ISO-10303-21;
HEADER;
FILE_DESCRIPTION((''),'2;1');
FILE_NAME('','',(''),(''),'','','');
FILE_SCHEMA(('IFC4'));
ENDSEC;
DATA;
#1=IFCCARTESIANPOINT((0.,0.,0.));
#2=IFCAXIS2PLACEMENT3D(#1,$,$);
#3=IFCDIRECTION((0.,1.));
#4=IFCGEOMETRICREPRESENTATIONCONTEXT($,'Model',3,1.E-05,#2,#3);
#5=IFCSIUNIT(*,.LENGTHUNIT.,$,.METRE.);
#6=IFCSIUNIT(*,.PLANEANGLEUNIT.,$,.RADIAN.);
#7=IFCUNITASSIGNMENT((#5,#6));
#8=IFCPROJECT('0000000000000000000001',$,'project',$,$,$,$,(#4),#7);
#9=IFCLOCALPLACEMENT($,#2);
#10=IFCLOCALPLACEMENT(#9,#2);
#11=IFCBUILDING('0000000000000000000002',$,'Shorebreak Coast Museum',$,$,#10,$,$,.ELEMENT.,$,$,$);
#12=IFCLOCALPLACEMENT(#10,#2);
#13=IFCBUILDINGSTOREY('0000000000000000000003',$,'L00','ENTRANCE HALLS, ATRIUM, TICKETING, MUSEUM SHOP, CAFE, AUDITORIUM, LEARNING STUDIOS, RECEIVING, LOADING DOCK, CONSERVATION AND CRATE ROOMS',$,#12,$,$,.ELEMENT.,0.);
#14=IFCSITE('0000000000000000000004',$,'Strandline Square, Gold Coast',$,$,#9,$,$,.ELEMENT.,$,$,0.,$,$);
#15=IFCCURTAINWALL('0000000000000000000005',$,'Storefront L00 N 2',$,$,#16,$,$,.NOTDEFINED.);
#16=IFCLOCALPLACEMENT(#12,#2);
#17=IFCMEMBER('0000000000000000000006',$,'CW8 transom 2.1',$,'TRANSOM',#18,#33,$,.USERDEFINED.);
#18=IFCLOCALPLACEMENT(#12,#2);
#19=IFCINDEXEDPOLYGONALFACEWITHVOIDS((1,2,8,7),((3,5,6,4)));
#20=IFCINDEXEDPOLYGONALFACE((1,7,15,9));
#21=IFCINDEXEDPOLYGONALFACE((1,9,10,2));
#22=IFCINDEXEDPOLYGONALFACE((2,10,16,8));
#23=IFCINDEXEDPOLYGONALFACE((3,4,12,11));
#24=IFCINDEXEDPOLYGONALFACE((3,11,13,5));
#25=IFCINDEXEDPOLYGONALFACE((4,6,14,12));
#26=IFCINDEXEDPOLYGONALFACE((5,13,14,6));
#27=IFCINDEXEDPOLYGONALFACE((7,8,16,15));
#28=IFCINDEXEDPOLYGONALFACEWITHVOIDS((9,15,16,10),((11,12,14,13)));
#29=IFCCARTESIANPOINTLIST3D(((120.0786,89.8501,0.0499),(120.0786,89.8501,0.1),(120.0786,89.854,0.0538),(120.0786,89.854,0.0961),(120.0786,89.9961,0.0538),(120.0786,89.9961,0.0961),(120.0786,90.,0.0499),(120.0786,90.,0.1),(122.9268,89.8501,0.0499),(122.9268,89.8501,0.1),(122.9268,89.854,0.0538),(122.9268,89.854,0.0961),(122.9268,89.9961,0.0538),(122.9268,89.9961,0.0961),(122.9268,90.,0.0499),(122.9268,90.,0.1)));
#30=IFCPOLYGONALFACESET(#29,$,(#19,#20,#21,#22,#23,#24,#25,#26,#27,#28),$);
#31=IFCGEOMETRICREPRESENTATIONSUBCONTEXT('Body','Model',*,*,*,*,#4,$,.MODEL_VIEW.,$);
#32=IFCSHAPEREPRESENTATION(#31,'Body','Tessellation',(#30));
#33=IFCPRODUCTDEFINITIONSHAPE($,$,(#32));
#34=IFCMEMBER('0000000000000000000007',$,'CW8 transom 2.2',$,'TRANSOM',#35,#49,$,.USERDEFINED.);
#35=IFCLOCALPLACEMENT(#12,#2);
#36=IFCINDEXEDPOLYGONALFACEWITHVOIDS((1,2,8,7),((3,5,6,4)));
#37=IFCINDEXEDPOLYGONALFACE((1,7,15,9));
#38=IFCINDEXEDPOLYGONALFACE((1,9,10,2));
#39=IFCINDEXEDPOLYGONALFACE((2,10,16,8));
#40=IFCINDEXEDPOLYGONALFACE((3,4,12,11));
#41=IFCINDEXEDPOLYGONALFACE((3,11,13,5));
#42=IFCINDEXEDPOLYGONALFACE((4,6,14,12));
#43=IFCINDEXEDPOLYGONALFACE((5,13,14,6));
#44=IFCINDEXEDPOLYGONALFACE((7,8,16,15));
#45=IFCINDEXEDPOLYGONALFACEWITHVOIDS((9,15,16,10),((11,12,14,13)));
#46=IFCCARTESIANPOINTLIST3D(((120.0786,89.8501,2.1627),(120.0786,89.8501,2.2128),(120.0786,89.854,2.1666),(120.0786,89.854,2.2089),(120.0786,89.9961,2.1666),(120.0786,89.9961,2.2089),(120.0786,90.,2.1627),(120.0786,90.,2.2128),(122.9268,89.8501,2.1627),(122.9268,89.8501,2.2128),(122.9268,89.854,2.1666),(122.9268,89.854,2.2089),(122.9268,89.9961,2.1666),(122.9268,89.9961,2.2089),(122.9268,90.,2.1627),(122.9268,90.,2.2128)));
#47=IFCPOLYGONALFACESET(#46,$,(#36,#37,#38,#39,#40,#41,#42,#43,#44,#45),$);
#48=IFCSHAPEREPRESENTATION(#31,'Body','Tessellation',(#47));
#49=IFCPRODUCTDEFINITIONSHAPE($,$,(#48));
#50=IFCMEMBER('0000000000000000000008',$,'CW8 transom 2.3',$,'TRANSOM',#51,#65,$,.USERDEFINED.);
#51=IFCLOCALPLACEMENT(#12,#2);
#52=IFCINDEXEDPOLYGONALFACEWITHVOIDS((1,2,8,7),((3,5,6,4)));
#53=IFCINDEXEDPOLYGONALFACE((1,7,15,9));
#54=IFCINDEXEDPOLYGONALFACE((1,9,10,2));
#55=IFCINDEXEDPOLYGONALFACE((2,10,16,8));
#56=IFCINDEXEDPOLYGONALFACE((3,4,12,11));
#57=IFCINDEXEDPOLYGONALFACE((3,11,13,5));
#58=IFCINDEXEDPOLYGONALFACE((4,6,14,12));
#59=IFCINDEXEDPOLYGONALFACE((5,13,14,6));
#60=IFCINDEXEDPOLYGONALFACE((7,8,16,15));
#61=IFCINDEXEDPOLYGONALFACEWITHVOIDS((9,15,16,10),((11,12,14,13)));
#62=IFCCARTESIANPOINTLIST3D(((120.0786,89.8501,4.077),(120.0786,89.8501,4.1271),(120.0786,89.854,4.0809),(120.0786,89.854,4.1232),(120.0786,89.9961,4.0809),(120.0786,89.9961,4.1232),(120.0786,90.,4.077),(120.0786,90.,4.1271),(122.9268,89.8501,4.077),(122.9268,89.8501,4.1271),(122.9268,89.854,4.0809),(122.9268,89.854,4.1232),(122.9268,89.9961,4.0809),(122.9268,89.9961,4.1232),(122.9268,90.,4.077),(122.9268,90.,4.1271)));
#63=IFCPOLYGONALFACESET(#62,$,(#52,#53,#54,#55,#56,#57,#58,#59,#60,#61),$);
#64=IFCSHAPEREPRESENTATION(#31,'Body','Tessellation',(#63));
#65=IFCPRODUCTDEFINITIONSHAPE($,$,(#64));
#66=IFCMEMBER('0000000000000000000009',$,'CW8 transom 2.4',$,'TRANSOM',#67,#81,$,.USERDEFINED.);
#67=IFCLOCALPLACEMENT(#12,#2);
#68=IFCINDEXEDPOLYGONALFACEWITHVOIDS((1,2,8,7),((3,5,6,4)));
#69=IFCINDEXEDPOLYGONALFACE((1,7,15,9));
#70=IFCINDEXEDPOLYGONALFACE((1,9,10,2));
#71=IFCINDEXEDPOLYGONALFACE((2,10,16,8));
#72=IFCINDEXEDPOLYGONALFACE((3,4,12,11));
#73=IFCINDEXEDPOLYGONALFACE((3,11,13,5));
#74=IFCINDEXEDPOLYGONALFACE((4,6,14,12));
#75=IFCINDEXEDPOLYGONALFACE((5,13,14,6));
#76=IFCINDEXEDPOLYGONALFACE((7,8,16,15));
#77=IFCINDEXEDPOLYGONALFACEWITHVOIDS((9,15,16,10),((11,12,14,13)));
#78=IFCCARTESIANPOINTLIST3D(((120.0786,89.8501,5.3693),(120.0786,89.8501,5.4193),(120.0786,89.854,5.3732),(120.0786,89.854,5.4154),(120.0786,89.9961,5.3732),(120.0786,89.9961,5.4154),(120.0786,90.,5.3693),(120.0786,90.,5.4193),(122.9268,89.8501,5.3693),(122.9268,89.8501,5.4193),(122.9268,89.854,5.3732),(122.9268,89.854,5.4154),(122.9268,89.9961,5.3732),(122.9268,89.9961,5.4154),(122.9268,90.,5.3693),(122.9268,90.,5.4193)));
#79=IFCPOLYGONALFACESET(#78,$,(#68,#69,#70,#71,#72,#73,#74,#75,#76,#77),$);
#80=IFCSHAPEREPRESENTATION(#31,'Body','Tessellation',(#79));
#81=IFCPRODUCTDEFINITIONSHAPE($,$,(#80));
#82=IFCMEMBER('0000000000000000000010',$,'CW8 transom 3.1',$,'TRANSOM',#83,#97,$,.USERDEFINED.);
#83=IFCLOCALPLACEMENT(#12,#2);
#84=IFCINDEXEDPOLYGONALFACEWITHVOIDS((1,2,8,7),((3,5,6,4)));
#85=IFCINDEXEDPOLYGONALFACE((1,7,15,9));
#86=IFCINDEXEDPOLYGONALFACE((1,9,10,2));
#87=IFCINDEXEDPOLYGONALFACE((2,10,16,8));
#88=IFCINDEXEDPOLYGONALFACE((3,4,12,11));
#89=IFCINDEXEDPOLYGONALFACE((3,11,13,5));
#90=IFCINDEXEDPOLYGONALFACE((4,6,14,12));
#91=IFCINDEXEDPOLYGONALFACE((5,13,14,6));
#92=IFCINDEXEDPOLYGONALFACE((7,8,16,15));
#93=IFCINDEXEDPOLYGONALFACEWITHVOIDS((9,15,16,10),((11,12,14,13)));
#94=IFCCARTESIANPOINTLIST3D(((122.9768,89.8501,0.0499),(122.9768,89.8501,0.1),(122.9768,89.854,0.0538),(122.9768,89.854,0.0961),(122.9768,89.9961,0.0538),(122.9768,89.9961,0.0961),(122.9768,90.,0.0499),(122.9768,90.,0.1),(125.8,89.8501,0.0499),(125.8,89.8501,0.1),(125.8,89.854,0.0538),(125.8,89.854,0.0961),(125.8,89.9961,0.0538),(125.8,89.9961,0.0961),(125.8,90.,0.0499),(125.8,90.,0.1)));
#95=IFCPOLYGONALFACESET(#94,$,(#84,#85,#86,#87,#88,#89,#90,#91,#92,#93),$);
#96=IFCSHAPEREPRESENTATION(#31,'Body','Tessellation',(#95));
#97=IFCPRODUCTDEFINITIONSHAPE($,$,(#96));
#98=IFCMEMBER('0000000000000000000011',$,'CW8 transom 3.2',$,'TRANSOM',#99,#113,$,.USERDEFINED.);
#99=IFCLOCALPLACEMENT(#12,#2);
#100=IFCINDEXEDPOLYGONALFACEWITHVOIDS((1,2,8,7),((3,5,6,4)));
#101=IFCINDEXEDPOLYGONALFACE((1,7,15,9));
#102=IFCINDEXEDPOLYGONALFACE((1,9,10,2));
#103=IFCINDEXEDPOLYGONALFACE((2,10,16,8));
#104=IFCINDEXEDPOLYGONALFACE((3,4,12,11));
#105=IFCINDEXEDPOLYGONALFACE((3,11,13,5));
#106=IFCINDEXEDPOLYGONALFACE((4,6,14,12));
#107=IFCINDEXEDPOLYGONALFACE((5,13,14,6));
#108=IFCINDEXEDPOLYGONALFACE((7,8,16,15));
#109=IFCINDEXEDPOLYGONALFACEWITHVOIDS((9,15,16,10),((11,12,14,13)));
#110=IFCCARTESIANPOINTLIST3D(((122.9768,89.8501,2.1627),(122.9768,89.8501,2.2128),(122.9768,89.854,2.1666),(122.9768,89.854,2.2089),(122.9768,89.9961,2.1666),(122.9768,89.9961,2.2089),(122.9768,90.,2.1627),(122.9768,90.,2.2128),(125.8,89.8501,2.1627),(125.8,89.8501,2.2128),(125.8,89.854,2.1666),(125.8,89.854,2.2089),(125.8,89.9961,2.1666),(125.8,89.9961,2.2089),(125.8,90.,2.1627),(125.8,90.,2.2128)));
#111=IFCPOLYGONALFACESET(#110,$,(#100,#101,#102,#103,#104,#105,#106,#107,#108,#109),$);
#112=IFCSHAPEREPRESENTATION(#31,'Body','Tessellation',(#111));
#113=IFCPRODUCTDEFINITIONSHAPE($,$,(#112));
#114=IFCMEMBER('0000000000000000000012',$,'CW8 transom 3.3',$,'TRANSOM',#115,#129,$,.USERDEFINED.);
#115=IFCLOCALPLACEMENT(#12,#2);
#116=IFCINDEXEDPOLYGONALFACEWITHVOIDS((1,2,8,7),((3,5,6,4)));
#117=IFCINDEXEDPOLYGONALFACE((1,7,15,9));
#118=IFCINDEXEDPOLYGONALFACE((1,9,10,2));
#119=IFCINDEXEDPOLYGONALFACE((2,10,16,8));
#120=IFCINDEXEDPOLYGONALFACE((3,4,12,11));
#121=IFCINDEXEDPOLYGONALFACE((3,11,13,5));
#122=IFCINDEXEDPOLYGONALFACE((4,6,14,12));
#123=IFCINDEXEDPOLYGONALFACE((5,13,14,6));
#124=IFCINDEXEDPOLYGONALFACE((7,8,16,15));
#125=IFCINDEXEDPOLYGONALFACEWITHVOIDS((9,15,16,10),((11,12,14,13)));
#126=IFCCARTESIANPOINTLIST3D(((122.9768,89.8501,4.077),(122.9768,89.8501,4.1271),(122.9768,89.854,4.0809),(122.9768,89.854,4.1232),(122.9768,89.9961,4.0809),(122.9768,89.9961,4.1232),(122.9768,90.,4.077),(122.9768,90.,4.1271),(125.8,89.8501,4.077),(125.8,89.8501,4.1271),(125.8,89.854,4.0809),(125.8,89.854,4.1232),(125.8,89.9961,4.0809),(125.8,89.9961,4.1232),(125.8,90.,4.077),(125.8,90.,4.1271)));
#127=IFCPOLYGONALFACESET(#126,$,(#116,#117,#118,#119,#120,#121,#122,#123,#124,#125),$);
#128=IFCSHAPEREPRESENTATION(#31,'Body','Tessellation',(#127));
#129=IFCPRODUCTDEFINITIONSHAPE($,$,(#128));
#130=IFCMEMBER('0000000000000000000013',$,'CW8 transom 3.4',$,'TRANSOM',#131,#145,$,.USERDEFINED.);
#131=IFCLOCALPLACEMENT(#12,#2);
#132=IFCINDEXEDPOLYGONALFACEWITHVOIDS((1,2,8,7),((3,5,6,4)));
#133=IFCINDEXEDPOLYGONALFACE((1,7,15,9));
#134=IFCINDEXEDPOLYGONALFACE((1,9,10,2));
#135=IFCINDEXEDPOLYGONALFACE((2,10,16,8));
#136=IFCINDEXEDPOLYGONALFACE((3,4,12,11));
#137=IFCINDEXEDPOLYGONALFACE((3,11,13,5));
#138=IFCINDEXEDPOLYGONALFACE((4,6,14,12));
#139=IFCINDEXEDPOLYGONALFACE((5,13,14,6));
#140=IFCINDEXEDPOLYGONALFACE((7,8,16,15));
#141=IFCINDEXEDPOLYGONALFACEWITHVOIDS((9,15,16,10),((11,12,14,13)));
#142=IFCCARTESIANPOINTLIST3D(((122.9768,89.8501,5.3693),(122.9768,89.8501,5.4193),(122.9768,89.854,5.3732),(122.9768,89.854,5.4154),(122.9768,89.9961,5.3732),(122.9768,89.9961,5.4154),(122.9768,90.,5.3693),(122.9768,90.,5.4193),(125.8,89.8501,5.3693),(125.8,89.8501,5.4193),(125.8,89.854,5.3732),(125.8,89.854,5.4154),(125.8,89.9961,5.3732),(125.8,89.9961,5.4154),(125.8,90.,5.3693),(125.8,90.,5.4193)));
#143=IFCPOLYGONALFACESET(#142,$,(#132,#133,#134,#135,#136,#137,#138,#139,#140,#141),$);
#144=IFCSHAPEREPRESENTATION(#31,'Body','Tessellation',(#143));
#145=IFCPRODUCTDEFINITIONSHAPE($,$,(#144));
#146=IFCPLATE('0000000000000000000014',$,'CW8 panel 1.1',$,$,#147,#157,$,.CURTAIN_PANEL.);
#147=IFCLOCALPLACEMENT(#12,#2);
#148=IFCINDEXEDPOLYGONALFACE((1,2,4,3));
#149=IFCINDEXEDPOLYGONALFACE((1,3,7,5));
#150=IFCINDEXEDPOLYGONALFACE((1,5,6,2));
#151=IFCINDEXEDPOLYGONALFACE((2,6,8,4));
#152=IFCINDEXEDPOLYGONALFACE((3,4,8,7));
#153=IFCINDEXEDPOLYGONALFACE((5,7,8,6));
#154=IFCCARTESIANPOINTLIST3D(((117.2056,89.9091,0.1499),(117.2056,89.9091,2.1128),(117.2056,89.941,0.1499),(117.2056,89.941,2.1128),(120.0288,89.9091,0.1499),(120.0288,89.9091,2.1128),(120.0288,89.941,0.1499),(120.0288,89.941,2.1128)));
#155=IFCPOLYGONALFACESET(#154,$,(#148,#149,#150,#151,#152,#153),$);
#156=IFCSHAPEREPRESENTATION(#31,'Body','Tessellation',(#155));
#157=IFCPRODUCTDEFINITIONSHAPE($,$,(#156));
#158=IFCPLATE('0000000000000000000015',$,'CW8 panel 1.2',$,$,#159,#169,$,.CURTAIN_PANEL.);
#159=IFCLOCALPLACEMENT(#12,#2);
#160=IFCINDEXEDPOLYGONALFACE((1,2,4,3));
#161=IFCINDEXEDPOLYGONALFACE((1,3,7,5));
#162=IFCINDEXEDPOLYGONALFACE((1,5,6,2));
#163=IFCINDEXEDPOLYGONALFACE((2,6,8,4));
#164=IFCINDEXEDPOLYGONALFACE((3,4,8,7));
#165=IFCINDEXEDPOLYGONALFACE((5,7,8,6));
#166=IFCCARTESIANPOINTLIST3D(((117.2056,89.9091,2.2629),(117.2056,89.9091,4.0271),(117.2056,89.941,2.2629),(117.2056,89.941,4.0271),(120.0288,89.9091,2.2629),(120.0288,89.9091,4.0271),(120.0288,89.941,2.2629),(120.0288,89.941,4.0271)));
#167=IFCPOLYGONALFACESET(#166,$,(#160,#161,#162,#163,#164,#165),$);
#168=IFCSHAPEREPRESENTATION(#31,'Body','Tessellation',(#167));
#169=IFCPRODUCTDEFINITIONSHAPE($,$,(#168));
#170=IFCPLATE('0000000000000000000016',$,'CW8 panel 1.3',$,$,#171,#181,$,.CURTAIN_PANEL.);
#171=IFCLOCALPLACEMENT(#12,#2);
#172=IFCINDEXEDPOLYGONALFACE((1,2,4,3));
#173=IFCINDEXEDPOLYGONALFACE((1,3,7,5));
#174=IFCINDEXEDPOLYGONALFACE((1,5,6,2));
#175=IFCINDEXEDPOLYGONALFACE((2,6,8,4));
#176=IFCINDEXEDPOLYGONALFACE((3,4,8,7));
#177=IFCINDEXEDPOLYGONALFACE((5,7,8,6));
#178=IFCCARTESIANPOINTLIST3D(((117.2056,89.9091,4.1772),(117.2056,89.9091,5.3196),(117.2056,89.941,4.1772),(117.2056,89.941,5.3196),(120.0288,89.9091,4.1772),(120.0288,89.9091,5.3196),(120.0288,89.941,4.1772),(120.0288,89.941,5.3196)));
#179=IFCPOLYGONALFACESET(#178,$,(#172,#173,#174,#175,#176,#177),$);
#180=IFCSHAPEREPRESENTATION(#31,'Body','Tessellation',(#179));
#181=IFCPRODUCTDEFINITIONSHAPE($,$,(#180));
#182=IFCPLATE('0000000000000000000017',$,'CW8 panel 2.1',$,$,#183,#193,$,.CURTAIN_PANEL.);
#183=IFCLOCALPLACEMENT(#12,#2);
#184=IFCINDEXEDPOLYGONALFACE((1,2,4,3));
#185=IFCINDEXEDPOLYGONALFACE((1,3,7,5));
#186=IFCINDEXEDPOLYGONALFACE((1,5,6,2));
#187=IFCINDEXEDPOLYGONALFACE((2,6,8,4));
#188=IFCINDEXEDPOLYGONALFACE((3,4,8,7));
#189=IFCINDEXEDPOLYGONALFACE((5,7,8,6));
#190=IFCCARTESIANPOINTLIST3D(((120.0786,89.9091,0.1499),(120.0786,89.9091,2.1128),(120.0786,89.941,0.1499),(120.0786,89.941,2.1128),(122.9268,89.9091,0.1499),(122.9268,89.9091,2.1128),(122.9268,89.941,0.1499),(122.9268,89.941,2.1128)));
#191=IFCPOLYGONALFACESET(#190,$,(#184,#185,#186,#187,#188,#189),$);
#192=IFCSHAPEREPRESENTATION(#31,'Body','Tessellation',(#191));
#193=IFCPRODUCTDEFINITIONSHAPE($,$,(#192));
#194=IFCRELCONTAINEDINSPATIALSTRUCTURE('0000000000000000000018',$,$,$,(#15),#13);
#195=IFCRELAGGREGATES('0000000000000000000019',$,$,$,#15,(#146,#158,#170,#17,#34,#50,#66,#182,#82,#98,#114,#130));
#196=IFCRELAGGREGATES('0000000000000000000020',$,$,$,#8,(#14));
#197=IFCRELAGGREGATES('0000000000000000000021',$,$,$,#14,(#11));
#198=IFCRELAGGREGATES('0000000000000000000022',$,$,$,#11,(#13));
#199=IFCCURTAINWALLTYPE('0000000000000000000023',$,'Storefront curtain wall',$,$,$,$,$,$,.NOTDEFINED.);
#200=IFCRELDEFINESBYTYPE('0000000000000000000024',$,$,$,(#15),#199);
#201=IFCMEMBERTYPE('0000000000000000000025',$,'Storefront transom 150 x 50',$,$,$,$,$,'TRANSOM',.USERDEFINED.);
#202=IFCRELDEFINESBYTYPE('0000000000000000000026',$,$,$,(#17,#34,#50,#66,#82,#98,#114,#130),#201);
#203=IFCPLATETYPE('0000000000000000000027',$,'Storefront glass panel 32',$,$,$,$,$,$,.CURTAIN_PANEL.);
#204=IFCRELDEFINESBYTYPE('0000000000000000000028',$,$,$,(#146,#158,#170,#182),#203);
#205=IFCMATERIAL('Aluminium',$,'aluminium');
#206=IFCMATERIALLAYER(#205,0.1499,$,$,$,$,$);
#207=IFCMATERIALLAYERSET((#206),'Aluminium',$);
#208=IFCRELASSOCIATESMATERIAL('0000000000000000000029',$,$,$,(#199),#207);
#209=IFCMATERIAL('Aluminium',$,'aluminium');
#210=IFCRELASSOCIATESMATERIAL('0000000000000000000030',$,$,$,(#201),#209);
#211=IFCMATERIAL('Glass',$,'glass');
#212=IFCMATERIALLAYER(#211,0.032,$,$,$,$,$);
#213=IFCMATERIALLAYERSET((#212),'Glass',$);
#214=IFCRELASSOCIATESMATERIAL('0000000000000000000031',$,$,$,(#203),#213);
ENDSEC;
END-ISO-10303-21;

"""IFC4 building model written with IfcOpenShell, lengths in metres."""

from ifc_helpers import new_model, si_unit, direction, frame, origin, origin_2d, place, context, subcontext, project, spatial, rectangle, hollow_rectangle, extrude, material, layer, layer_set, material_profile, profile_set, type_object, element, aggregate, save


model = new_model("IFC4")

# Units and contexts
model_context = context("Model", 3, precision=1e-05, world=origin(), true_north=direction((0.0, 1.0)))
body_context = subcontext(model_context, "Body", "Model", "MODEL_VIEW")
ifc_project = project(units=[si_unit("LENGTHUNIT", "METRE"), si_unit("PLANEANGLEUNIT", "RADIAN")], contexts=[model_context])

# Site, building, storey
site_placement = place(None, origin())
site = spatial("IfcSite", under=ifc_project, at=site_placement, Name="Strandline Square, Gold Coast", CompositionType="ELEMENT", RefElevation=0.0)
building_placement = place(site_placement, origin())
building = spatial("IfcBuilding", under=site, at=building_placement, Name="Shorebreak Coast Museum", CompositionType="ELEMENT")
storey_placement = place(building_placement, origin())
storey = spatial("IfcBuildingStorey", under=building, at=storey_placement, Name="L00", Description="ENTRANCE HALLS, ATRIUM, TICKETING, MUSEUM SHOP, CAFE, AUDITORIUM, LEARNING STUDIOS, RECEIVING, LOADING DOCK, CONSERVATION AND CRATE ROOMS", CompositionType="ELEMENT", Elevation=0.0)

# Curtain wall, members, plates
ifc_material_1 = material(Name="Aluminium", Category="aluminium")
ifc_layer_1 = layer(ifc_material_1, 0.1499)
ifc_layer_set_1 = layer_set([ifc_layer_1], Name="Aluminium")
curtain_wall_type = type_object("IfcCurtainWallType", Name="Storefront curtain wall", PredefinedType="NOTDEFINED", material=ifc_layer_set_1)
curtain_wall_placement = place(storey_placement, origin())
curtain_wall = element("IfcCurtainWall", 1, at=curtain_wall_placement, inside=storey, type_object=curtain_wall_type, Name="Storefront L00 N 2", PredefinedType="NOTDEFINED")
ifc_material_2 = material(Name="Aluminium", Category="aluminium")
ifc_material_profile_1 = material_profile(ifc_material_2, hollow_rectangle(XDim=0.1499, YDim=0.05, WallThickness=0.0039, at=origin_2d()), Name="AL 50x150 RHS")
ifc_profile_set_1 = profile_set([ifc_material_profile_1], Name="Aluminium")
member_type_1 = type_object("IfcMemberType", Name="Storefront transom 150 x 50", ElementType="TRANSOM", PredefinedType="USERDEFINED", material=ifc_profile_set_1)
member_1_placement = place(storey_placement, frame((120.0786, 89.925, 0.075), z_axis=(1.0, 0.0, 0.0), x_axis=(0.0, 1.0, 0.0)))
member_1 = element("IfcMember", 2, at=member_1_placement, type_object=member_type_1, Name="CW8 transom 2.1", ObjectType="TRANSOM", PredefinedType="USERDEFINED", context=body_context, shape_type="SweptSolid", body=[
    extrude(hollow_rectangle(XDim=0.1499, YDim=0.05, WallThickness=0.0039, at=origin_2d()), origin(), (0.0, 0.0, 1.0), 2.8481),
])
member_2_placement = place(storey_placement, frame((120.0786, 89.925, 2.1877), z_axis=(1.0, 0.0, 0.0), x_axis=(0.0, 1.0, 0.0)))
member_2 = element("IfcMember", 3, at=member_2_placement, type_object=member_type_1, Name="CW8 transom 2.2", ObjectType="TRANSOM", PredefinedType="USERDEFINED", context=body_context, shape_type="SweptSolid", body=[
    extrude(hollow_rectangle(XDim=0.1499, YDim=0.05, WallThickness=0.0039, at=origin_2d()), origin(), (0.0, 0.0, 1.0), 2.8481),
])
member_3_placement = place(storey_placement, frame((120.0786, 89.925, 4.1021), z_axis=(1.0, 0.0, 0.0), x_axis=(0.0, 1.0, 0.0)))
member_3 = element("IfcMember", 4, at=member_3_placement, type_object=member_type_1, Name="CW8 transom 2.3", ObjectType="TRANSOM", PredefinedType="USERDEFINED", context=body_context, shape_type="SweptSolid", body=[
    extrude(hollow_rectangle(XDim=0.1499, YDim=0.05, WallThickness=0.0039, at=origin_2d()), origin(), (0.0, 0.0, 1.0), 2.8481),
])
member_4_placement = place(storey_placement, frame((120.0786, 89.925, 5.3943), z_axis=(1.0, 0.0, 0.0), x_axis=(0.0, 1.0, 0.0)))
member_4 = element("IfcMember", 5, at=member_4_placement, type_object=member_type_1, Name="CW8 transom 2.4", ObjectType="TRANSOM", PredefinedType="USERDEFINED", context=body_context, shape_type="SweptSolid", body=[
    extrude(hollow_rectangle(XDim=0.1499, YDim=0.05, WallThickness=0.0039, at=origin_2d()), origin(), (0.0, 0.0, 1.0), 2.8481),
])
member_5_placement = place(storey_placement, frame((122.9768, 89.925, 0.075), z_axis=(1.0, 0.0, 0.0), x_axis=(0.0, 1.0, 0.0)))
member_5 = element("IfcMember", 6, at=member_5_placement, type_object=member_type_1, Name="CW8 transom 3.1", ObjectType="TRANSOM", PredefinedType="USERDEFINED", context=body_context, shape_type="SweptSolid", body=[
    extrude(hollow_rectangle(XDim=0.1499, YDim=0.05, WallThickness=0.0039, at=origin_2d()), origin(), (0.0, 0.0, 1.0), 2.8232),
])
member_6_placement = place(storey_placement, frame((122.9768, 89.925, 2.1877), z_axis=(1.0, 0.0, 0.0), x_axis=(0.0, 1.0, 0.0)))
member_6 = element("IfcMember", 7, at=member_6_placement, type_object=member_type_1, Name="CW8 transom 3.2", ObjectType="TRANSOM", PredefinedType="USERDEFINED", context=body_context, shape_type="SweptSolid", body=[
    extrude(hollow_rectangle(XDim=0.1499, YDim=0.05, WallThickness=0.0039, at=origin_2d()), origin(), (0.0, 0.0, 1.0), 2.8232),
])
member_7_placement = place(storey_placement, frame((122.9768, 89.925, 4.1021), z_axis=(1.0, 0.0, 0.0), x_axis=(0.0, 1.0, 0.0)))
member_7 = element("IfcMember", 8, at=member_7_placement, type_object=member_type_1, Name="CW8 transom 3.3", ObjectType="TRANSOM", PredefinedType="USERDEFINED", context=body_context, shape_type="SweptSolid", body=[
    extrude(hollow_rectangle(XDim=0.1499, YDim=0.05, WallThickness=0.0039, at=origin_2d()), origin(), (0.0, 0.0, 1.0), 2.8232),
])
member_8_placement = place(storey_placement, frame((122.9768, 89.925, 5.3943), z_axis=(1.0, 0.0, 0.0), x_axis=(0.0, 1.0, 0.0)))
member_8 = element("IfcMember", 9, at=member_8_placement, type_object=member_type_1, Name="CW8 transom 3.4", ObjectType="TRANSOM", PredefinedType="USERDEFINED", context=body_context, shape_type="SweptSolid", body=[
    extrude(hollow_rectangle(XDim=0.1499, YDim=0.05, WallThickness=0.0039, at=origin_2d()), origin(), (0.0, 0.0, 1.0), 2.8232),
])
ifc_material_3 = material(Name="Glass", Category="glass")
ifc_layer_2 = layer(ifc_material_3, 0.032)
ifc_layer_set_2 = layer_set([ifc_layer_2], Name="Glass")
plate_type = type_object("IfcPlateType", Name="Storefront glass panel 32", PredefinedType="CURTAIN_PANEL", material=ifc_layer_set_2)
plate_1_placement = place(storey_placement, frame((118.6172, 89.925, 0.1499), z_axis=(0.0, 0.0, 1.0), x_axis=(1.0, 0.0, 0.0)))
plate_1 = element("IfcPlate", 10, at=plate_1_placement, type_object=plate_type, Name="CW8 panel 1.1", PredefinedType="CURTAIN_PANEL", context=body_context, shape_type="SweptSolid", body=[
    extrude(rectangle(XDim=2.8232, YDim=0.032, at=origin_2d()), origin(), (0.0, 0.0, 1.0), 1.9629),
])
plate_2_placement = place(storey_placement, frame((118.6172, 89.925, 2.2629), z_axis=(0.0, 0.0, 1.0), x_axis=(1.0, 0.0, 0.0)))
plate_2 = element("IfcPlate", 11, at=plate_2_placement, type_object=plate_type, Name="CW8 panel 1.2", PredefinedType="CURTAIN_PANEL", context=body_context, shape_type="SweptSolid", body=[
    extrude(rectangle(XDim=2.8232, YDim=0.032, at=origin_2d()), origin(), (0.0, 0.0, 1.0), 1.7642),
])
plate_3_placement = place(storey_placement, frame((118.6172, 89.925, 4.1772), z_axis=(0.0, 0.0, 1.0), x_axis=(1.0, 0.0, 0.0)))
plate_3 = element("IfcPlate", 12, at=plate_3_placement, type_object=plate_type, Name="CW8 panel 1.3", PredefinedType="CURTAIN_PANEL", context=body_context, shape_type="SweptSolid", body=[
    extrude(rectangle(XDim=2.8232, YDim=0.032, at=origin_2d()), origin(), (0.0, 0.0, 1.0), 1.1423),
])
plate_4_placement = place(storey_placement, frame((121.5027, 89.925, 0.1499), z_axis=(0.0, 0.0, 1.0), x_axis=(1.0, 0.0, 0.0)))
plate_4 = element("IfcPlate", 13, at=plate_4_placement, type_object=plate_type, Name="CW8 panel 2.1", PredefinedType="CURTAIN_PANEL", context=body_context, shape_type="SweptSolid", body=[
    extrude(rectangle(XDim=2.8481, YDim=0.032, at=origin_2d()), origin(), (0.0, 0.0, 1.0), 1.9629),
])
aggregate(curtain_wall, [plate_1, plate_2, plate_3, member_1, member_2, member_3, member_4, plate_4, member_5, member_6, member_7, member_8])

save(model, "model.ifc")
